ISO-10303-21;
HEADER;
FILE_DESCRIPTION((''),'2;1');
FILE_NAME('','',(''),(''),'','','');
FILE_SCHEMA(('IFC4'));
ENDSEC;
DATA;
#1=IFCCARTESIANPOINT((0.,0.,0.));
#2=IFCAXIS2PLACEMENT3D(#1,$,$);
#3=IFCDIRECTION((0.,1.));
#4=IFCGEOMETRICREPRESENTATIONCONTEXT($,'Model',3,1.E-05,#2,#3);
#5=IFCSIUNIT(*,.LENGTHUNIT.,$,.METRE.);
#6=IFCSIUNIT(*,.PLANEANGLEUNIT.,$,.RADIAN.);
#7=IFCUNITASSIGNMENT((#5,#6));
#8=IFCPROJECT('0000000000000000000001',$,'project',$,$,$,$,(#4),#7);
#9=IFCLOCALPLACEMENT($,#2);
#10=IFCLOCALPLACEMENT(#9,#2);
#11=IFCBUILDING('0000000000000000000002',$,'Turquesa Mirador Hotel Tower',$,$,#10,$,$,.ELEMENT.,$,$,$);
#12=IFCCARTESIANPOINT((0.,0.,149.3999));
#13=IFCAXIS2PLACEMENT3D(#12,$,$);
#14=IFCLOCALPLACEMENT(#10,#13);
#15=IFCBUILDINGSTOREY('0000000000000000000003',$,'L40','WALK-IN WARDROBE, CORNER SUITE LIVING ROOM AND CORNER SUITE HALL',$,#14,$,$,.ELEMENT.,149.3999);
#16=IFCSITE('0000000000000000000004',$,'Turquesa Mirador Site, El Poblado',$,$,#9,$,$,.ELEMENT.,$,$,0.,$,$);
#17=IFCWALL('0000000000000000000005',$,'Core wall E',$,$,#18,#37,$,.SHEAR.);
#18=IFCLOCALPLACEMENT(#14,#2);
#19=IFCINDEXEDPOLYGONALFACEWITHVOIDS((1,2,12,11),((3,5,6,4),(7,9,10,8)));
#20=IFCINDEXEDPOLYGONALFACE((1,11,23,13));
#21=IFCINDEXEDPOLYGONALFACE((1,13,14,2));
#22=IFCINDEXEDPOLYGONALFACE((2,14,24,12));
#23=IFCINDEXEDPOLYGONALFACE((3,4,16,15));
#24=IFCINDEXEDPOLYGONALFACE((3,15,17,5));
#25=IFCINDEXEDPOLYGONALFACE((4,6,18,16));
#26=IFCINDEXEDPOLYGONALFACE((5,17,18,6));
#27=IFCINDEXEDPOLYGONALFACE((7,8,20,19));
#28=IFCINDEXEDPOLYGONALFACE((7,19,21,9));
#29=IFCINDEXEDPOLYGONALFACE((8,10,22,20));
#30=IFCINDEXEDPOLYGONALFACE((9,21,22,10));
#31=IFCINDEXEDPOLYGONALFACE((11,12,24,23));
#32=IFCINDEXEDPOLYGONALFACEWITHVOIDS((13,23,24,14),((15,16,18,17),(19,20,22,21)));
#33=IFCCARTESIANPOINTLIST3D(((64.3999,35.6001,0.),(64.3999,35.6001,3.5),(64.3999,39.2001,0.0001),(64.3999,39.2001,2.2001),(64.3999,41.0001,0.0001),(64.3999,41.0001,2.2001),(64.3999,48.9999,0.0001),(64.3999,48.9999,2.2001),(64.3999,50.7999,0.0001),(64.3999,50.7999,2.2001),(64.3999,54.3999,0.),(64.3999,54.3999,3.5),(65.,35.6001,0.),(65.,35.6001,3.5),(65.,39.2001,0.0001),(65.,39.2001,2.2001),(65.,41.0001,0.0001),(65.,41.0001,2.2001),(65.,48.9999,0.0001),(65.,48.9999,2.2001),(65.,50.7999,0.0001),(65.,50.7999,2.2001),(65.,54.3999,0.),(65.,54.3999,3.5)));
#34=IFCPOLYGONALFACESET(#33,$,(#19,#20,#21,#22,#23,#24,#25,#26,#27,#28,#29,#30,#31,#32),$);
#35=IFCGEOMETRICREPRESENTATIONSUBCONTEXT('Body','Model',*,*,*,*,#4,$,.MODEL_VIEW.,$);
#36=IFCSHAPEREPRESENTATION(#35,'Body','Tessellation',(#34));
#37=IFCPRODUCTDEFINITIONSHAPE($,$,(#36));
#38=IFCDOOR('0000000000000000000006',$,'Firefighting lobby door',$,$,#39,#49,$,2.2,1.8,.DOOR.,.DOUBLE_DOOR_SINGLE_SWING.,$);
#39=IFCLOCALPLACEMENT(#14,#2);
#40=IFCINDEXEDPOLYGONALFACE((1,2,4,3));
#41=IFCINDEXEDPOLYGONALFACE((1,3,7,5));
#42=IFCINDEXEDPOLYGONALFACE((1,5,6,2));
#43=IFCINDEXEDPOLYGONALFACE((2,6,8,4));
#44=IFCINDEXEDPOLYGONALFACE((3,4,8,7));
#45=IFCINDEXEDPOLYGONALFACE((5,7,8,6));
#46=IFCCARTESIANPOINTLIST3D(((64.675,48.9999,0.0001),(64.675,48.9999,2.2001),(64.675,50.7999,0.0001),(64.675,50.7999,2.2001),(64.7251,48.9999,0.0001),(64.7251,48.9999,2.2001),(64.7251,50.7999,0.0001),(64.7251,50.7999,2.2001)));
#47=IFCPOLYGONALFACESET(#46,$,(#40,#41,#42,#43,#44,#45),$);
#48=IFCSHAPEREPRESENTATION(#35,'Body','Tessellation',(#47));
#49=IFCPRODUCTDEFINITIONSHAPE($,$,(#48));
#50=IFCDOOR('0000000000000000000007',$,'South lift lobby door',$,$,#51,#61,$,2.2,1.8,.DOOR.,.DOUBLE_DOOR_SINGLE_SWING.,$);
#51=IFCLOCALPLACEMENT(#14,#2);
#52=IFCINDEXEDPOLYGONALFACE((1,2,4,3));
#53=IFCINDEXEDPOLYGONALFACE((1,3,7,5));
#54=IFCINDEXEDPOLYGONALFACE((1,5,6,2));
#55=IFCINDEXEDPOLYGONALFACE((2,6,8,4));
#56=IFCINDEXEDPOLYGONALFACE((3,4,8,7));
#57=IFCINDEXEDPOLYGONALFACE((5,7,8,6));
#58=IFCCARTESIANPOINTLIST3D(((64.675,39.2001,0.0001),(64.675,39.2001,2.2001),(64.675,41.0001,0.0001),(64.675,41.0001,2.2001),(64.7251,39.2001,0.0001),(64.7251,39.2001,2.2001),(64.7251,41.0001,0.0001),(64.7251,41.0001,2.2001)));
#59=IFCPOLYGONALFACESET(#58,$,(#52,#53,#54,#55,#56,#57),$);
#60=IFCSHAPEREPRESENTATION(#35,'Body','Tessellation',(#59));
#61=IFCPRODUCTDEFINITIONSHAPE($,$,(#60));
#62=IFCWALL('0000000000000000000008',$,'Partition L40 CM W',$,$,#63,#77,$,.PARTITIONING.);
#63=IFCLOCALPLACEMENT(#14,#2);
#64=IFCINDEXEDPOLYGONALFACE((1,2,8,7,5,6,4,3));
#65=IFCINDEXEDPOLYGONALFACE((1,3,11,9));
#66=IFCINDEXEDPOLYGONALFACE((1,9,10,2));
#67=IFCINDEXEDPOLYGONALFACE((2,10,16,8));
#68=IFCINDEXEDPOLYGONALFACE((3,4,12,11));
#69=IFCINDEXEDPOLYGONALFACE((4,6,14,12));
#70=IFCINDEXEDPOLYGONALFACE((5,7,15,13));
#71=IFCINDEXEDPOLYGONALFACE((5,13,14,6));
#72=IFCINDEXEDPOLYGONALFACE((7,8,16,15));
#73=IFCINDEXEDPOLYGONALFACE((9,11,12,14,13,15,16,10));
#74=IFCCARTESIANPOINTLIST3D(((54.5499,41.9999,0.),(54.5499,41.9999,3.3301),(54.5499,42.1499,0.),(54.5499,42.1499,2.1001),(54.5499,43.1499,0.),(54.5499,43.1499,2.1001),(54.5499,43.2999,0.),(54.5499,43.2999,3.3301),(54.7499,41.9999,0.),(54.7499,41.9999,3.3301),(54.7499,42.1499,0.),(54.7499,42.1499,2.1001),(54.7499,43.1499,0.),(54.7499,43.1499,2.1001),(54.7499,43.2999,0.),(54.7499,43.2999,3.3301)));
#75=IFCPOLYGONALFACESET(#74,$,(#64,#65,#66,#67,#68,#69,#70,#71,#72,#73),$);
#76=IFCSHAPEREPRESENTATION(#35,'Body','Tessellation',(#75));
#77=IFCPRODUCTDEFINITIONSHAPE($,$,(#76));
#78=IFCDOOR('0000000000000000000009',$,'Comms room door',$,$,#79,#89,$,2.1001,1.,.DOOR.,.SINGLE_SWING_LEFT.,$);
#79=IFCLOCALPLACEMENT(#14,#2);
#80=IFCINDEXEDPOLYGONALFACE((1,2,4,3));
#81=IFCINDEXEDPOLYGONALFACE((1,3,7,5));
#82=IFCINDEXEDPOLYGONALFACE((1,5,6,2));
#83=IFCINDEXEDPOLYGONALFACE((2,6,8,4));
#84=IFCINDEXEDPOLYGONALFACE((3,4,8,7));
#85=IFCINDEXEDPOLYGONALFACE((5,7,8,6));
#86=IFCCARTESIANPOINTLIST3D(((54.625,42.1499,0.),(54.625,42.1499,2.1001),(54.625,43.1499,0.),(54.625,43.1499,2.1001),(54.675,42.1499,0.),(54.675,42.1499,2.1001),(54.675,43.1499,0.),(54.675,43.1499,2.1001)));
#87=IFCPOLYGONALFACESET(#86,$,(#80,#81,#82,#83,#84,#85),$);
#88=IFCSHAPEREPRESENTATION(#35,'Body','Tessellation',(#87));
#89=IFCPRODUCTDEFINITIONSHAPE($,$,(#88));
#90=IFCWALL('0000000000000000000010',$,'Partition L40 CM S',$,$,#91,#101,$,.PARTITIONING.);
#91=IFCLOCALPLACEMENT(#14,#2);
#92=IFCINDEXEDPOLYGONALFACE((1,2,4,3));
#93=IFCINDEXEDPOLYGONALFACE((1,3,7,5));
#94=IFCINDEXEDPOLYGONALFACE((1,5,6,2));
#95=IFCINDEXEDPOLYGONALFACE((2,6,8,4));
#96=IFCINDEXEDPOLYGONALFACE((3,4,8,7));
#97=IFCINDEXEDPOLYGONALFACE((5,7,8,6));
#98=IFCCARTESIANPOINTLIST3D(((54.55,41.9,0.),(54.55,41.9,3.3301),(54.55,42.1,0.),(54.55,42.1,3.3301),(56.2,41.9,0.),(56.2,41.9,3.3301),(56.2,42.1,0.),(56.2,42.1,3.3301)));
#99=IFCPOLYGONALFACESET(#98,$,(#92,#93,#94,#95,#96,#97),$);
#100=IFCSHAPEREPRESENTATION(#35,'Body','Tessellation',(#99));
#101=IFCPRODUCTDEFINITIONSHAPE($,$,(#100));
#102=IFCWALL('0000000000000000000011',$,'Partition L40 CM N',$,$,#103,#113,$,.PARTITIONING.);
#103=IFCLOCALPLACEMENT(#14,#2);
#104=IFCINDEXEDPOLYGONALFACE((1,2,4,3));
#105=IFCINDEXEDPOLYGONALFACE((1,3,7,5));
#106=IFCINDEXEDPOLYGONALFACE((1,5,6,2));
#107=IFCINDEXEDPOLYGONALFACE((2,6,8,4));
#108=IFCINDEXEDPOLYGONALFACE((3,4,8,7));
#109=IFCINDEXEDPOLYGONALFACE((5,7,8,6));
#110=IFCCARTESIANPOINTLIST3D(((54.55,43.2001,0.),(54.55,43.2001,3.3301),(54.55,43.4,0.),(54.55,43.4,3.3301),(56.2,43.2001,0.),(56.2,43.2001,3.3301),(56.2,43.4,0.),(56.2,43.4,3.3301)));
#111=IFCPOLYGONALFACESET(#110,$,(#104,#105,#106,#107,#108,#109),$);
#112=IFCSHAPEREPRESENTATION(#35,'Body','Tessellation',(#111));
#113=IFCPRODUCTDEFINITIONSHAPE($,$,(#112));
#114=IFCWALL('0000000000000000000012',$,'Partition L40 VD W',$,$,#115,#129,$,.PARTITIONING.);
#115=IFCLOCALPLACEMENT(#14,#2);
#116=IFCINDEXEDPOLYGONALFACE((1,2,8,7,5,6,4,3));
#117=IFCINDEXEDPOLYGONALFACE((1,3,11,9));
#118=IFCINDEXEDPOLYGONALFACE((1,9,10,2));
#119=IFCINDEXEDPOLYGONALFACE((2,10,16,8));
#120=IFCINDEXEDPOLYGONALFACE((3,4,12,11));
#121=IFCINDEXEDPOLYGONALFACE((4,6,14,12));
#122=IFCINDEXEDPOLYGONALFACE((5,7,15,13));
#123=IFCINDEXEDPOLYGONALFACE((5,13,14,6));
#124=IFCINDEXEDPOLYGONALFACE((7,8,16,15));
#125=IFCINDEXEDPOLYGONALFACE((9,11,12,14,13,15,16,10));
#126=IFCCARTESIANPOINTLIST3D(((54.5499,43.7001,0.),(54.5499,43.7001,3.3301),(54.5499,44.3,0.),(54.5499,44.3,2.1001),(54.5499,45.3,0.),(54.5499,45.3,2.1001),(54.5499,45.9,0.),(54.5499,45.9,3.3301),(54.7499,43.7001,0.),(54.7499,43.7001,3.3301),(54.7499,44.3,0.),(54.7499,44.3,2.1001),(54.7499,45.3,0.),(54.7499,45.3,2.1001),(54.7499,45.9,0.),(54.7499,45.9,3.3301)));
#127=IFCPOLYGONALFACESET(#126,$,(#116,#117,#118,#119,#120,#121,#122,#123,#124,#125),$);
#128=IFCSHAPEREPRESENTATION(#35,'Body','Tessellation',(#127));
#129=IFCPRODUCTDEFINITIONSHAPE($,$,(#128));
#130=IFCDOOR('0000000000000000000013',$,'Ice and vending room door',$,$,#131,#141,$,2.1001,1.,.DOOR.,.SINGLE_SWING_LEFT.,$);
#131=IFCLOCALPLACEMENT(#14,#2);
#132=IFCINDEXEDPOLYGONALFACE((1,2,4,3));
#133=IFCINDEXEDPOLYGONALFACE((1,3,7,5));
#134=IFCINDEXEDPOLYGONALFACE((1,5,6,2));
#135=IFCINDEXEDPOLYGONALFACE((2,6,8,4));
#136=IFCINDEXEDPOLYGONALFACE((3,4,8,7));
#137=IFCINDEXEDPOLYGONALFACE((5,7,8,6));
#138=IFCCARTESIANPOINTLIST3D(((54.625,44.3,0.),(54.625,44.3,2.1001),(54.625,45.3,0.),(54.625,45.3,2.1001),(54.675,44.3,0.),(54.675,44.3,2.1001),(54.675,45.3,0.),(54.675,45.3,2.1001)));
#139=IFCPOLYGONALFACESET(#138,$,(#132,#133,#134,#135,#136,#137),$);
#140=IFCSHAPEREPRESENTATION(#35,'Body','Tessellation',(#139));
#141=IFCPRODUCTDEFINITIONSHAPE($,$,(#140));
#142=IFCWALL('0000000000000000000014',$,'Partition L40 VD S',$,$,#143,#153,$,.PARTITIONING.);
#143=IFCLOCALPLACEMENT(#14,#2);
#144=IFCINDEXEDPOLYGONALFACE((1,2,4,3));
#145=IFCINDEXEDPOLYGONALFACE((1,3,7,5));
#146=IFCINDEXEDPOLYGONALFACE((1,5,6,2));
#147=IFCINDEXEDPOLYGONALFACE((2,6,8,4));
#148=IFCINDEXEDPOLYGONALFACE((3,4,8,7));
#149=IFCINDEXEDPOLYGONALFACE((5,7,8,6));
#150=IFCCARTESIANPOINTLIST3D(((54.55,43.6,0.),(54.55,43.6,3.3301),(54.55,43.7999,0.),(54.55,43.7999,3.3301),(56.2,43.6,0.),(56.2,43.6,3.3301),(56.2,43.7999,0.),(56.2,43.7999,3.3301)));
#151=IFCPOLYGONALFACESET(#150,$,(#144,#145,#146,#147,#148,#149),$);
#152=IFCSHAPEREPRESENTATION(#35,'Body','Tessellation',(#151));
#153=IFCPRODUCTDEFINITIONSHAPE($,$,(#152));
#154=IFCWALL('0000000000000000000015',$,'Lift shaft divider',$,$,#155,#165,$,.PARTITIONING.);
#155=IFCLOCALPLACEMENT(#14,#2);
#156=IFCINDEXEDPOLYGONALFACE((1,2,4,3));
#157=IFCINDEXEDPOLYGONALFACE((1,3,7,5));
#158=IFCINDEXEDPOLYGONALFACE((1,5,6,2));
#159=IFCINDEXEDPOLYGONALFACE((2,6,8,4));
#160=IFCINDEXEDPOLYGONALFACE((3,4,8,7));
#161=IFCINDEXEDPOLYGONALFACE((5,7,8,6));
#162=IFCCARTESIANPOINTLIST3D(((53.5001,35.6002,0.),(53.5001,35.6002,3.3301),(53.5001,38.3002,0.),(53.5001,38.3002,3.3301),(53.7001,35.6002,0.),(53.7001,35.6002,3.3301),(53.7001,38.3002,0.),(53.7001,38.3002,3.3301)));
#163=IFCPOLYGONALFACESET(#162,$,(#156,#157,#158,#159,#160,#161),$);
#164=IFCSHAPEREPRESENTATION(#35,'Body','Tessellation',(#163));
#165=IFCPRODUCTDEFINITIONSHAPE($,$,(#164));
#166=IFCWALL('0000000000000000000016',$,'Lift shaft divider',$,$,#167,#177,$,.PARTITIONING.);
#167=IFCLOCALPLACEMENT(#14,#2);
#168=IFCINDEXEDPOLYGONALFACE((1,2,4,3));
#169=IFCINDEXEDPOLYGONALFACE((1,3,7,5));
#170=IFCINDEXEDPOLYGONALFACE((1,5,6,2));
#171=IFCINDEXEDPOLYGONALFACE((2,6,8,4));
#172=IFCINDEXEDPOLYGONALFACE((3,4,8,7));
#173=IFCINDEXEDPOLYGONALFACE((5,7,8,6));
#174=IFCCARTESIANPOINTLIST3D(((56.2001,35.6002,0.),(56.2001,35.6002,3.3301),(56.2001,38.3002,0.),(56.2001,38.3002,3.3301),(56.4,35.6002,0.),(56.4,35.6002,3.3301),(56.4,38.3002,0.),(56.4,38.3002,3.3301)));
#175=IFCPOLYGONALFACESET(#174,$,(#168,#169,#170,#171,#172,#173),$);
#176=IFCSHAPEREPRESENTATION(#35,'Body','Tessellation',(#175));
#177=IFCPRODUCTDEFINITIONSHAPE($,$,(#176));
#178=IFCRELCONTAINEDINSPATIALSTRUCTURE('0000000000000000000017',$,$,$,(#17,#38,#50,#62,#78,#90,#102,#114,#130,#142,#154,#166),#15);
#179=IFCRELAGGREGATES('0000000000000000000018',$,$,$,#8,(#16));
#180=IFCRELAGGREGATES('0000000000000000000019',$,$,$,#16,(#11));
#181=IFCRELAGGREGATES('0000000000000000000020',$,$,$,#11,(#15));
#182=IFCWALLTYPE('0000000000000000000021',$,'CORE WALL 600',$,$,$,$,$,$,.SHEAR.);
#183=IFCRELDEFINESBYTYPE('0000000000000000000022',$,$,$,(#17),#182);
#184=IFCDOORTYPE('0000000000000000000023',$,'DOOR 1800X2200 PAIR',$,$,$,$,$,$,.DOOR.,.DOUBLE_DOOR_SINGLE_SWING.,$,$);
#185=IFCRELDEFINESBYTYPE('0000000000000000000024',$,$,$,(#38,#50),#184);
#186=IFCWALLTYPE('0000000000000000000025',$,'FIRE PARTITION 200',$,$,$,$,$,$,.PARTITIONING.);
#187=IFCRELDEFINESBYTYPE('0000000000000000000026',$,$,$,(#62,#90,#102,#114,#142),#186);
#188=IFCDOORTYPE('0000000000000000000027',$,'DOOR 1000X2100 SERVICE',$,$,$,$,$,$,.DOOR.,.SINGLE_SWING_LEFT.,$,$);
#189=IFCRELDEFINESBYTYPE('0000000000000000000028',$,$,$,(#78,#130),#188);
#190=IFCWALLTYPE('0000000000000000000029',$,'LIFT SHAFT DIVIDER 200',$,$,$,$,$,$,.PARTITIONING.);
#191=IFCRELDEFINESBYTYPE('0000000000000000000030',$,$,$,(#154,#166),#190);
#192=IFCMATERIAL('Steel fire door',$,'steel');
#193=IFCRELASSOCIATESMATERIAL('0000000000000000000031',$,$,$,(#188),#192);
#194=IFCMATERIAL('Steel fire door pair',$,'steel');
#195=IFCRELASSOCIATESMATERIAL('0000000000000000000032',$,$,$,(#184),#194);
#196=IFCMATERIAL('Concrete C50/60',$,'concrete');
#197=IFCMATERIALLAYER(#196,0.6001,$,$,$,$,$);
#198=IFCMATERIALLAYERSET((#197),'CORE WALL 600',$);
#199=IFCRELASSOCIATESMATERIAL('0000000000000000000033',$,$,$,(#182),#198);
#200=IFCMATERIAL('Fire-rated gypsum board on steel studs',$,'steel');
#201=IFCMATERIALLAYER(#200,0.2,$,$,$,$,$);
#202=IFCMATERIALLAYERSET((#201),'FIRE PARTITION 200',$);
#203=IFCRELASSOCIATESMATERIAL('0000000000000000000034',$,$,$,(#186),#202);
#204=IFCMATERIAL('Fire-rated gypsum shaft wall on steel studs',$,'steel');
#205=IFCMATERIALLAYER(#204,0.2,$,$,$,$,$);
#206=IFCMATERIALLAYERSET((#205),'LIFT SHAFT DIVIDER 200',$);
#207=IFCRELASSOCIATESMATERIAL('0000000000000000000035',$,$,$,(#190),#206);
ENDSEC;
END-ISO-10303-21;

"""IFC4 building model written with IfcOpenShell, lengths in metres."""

from ifc_helpers import new_model, si_unit, direction, frame, frame_2d, origin, place, context, subcontext, project, spatial, rectangle, extrude, material, layer, layer_set, type_object, element, fill, save


model = new_model("IFC4")

# Units and contexts
model_context = context("Model", 3, precision=1e-05, world=origin(), true_north=direction((0.0, 1.0)))
body_context = subcontext(model_context, "Body", "Model", "MODEL_VIEW")
ifc_project = project(units=[si_unit("LENGTHUNIT", "METRE"), si_unit("PLANEANGLEUNIT", "RADIAN")], contexts=[model_context])

# Site, building, storey
site_placement = place(None, origin())
site = spatial("IfcSite", under=ifc_project, at=site_placement, Name="Turquesa Mirador Site, El Poblado", CompositionType="ELEMENT", RefElevation=0.0)
building_placement = place(site_placement, origin())
building = spatial("IfcBuilding", under=site, at=building_placement, Name="Turquesa Mirador Hotel Tower", CompositionType="ELEMENT")
storey_placement = place(building_placement, frame((0.0, 0.0, 149.3999)))
storey = spatial("IfcBuildingStorey", under=building, at=storey_placement, Name="L40", Description="WALK-IN WARDROBE, CORNER SUITE LIVING ROOM AND CORNER SUITE HALL", CompositionType="ELEMENT", Elevation=149.3999)

# Shared definitions
ifc_material_1 = material(Name="Steel fire door", Category="steel")
door_type_1 = type_object("IfcDoorType", Name="DOOR 1000X2100 SERVICE", OperationType="SINGLE_SWING_LEFT", PredefinedType="DOOR", material=ifc_material_1)
ifc_material_2 = material(Name="Steel fire door pair", Category="steel")
door_type_2 = type_object("IfcDoorType", Name="DOOR 1800X2200 PAIR", OperationType="DOUBLE_DOOR_SINGLE_SWING", PredefinedType="DOOR", material=ifc_material_2)

# Wall, openings, doors
ifc_material_3 = material(Name="Concrete C50/60", Category="concrete")
ifc_layer_1 = layer(ifc_material_3, 0.6001)
ifc_layer_set_1 = layer_set([ifc_layer_1], Name="CORE WALL 600")
wall_type_1 = type_object("IfcWallType", Name="CORE WALL 600", PredefinedType="SHEAR", material=ifc_layer_set_1)
wall_1_placement = place(storey_placement, frame((64.7, 35.6001, 0.0), z_axis=(0.0, 0.0, 1.0), x_axis=(0.0, 1.0, 0.0)))
wall_1 = element("IfcWall", 1, at=wall_1_placement, inside=storey, type_object=wall_type_1, Name="Core wall E", PredefinedType="SHEAR", context=body_context, shape_type="SweptSolid", body=[
    extrude(rectangle(XDim=18.7998, YDim=0.6001, at=frame_2d((9.3999, 0.0))), origin(), (0.0, 0.0, 1.0), 3.5),
])
opening_1_placement = place(wall_1_placement, frame((13.3999, 0.0, 0.0)))
opening_1 = element("IfcOpeningElement", 2, at=opening_1_placement, cuts=wall_1, PredefinedType="OPENING", context=body_context, shape_type="SweptSolid", body=[
    extrude(rectangle(XDim=1.8, YDim=2.2, at=frame_2d((0.8999, 1.1001))), frame((0.0, 0.3101, 0.0), z_axis=(0.0, -1.0, 0.0), x_axis=(1.0, 0.0, 0.0)), (0.0, 0.0, 1.0), 0.6201),
])
opening_2_placement = place(wall_1_placement, frame((3.6001, 0.0, 0.0)))
opening_2 = element("IfcOpeningElement", 3, at=opening_2_placement, cuts=wall_1, PredefinedType="OPENING", context=body_context, shape_type="SweptSolid", body=[
    extrude(rectangle(XDim=1.8, YDim=2.2, at=frame_2d((0.8999, 1.1001))), frame((0.0, 0.3101, 0.0), z_axis=(0.0, -1.0, 0.0), x_axis=(1.0, 0.0, 0.0)), (0.0, 0.0, 1.0), 0.6201),
])
door_1_placement = place(opening_1_placement, origin())
door_1 = element("IfcDoor", 4, at=door_1_placement, inside=storey, type_object=door_type_2, Name="Firefighting lobby door", OperationType="DOUBLE_DOOR_SINGLE_SWING", OverallHeight=2.2, OverallWidth=1.8, PredefinedType="DOOR", context=body_context, shape_type="SweptSolid", body=[
    extrude(rectangle(XDim=1.8, YDim=2.2, at=frame_2d((0.8999, 1.1001))), frame((0.0, 0.0249, 0.0), z_axis=(0.0, -1.0, 0.0), x_axis=(1.0, 0.0, 0.0)), (0.0, 0.0, 1.0), 0.05),
])
fill(opening_1, door_1)
door_2_placement = place(opening_2_placement, origin())
door_2 = element("IfcDoor", 5, at=door_2_placement, inside=storey, type_object=door_type_2, Name="South lift lobby door", OperationType="DOUBLE_DOOR_SINGLE_SWING", OverallHeight=2.2, OverallWidth=1.8, PredefinedType="DOOR", context=body_context, shape_type="SweptSolid", body=[
    extrude(rectangle(XDim=1.8, YDim=2.2, at=frame_2d((0.8999, 1.1001))), frame((0.0, 0.0249, 0.0), z_axis=(0.0, -1.0, 0.0), x_axis=(1.0, 0.0, 0.0)), (0.0, 0.0, 1.0), 0.05),
])
fill(opening_2, door_2)

# Wall, opening, door
ifc_material_4 = material(Name="Fire-rated gypsum board on steel studs", Category="steel")
ifc_layer_2 = layer(ifc_material_4, 0.2)
ifc_layer_set_2 = layer_set([ifc_layer_2], Name="FIRE PARTITION 200")
wall_type_2 = type_object("IfcWallType", Name="FIRE PARTITION 200", PredefinedType="PARTITIONING", material=ifc_layer_set_2)
wall_2_placement = place(storey_placement, frame((54.6499, 42.0, 0.0), z_axis=(0.0, 0.0, 1.0), x_axis=(0.0, 1.0, 0.0)))
wall_2 = element("IfcWall", 6, at=wall_2_placement, inside=storey, type_object=wall_type_2, Name="Partition L40 CM W", PredefinedType="PARTITIONING", context=body_context, shape_type="SweptSolid", body=[
    extrude(rectangle(XDim=1.3, YDim=0.2, at=frame_2d((0.6499, 0.0))), origin(), (0.0, 0.0, 1.0), 3.3301),
])
opening_3_placement = place(wall_2_placement, frame((0.1499, 0.0, 0.0)))
opening_3 = element("IfcOpeningElement", 7, at=opening_3_placement, cuts=wall_2, PredefinedType="OPENING", context=body_context, shape_type="SweptSolid", body=[
    extrude(rectangle(XDim=1.0, YDim=2.1001, at=frame_2d((0.5, 1.05))), frame((0.0, 0.1099, 0.0), z_axis=(0.0, -1.0, 0.0), x_axis=(1.0, 0.0, 0.0)), (0.0, 0.0, 1.0), 0.22),
])
door_3_placement = place(opening_3_placement, origin())
door_3 = element("IfcDoor", 8, at=door_3_placement, inside=storey, type_object=door_type_1, Name="Comms room door", OperationType="SINGLE_SWING_LEFT", OverallHeight=2.1001, OverallWidth=1.0, PredefinedType="DOOR", context=body_context, shape_type="SweptSolid", body=[
    extrude(rectangle(XDim=1.0, YDim=2.1001, at=frame_2d((0.5, 1.05))), frame((0.0, 0.0249, 0.0), z_axis=(0.0, -1.0, 0.0), x_axis=(1.0, 0.0, 0.0)), (0.0, 0.0, 1.0), 0.05),
])
fill(opening_3, door_3)

# Walls
for number, where, z_axis, x_axis, name in (
    (9, (54.55, 42.0, 0.0), (0.0, 0.0, 1.0), (1.0, 0.0, 0.0), "Partition L40 CM S"),
    (10, (54.55, 43.3, 0.0), (0.0, 0.0, 1.0), (1.0, 0.0, 0.0), "Partition L40 CM N"),
):
    element("IfcWall", number, at=place(storey_placement, frame(where, z_axis=z_axis, x_axis=x_axis)), inside=storey, type_object=wall_type_2, Name=name, PredefinedType="PARTITIONING", context=body_context, shape_type="SweptSolid", body=[
        extrude(rectangle(XDim=1.6499, YDim=0.2, at=frame_2d((0.825, 0.0))), origin(), (0.0, 0.0, 1.0), 3.3301),
    ])

# Wall, opening, door
wall_3_placement = place(storey_placement, frame((54.6499, 43.7, 0.0), z_axis=(0.0, 0.0, 1.0), x_axis=(0.0, 1.0, 0.0)))
wall_3 = element("IfcWall", 11, at=wall_3_placement, inside=storey, type_object=wall_type_2, Name="Partition L40 VD W", PredefinedType="PARTITIONING", context=body_context, shape_type="SweptSolid", body=[
    extrude(rectangle(XDim=2.2, YDim=0.2, at=frame_2d((1.1001, 0.0))), origin(), (0.0, 0.0, 1.0), 3.3301),
])
opening_4_placement = place(wall_3_placement, frame((0.6001, 0.0, 0.0)))
opening_4 = element("IfcOpeningElement", 12, at=opening_4_placement, cuts=wall_3, PredefinedType="OPENING", context=body_context, shape_type="SweptSolid", body=[
    extrude(rectangle(XDim=1.0, YDim=2.1001, at=frame_2d((0.5, 1.05))), frame((0.0, 0.1099, 0.0), z_axis=(0.0, -1.0, 0.0), x_axis=(1.0, 0.0, 0.0)), (0.0, 0.0, 1.0), 0.22),
])
door_4_placement = place(opening_4_placement, origin())
door_4 = element("IfcDoor", 13, at=door_4_placement, inside=storey, type_object=door_type_1, Name="Ice and vending room door", OperationType="SINGLE_SWING_LEFT", OverallHeight=2.1001, OverallWidth=1.0, PredefinedType="DOOR", context=body_context, shape_type="SweptSolid", body=[
    extrude(rectangle(XDim=1.0, YDim=2.1001, at=frame_2d((0.5, 1.05))), frame((0.0, 0.0249, 0.0), z_axis=(0.0, -1.0, 0.0), x_axis=(1.0, 0.0, 0.0)), (0.0, 0.0, 1.0), 0.05),
])
fill(opening_4, door_4)

# Walls
wall_4_placement = place(storey_placement, frame((54.55, 43.7, 0.0), z_axis=(0.0, 0.0, 1.0), x_axis=(1.0, 0.0, 0.0)))
element("IfcWall", 14, at=wall_4_placement, inside=storey, type_object=wall_type_2, Name="Partition L40 VD S", PredefinedType="PARTITIONING", context=body_context, shape_type="SweptSolid", body=[
    extrude(rectangle(XDim=1.6499, YDim=0.2, at=frame_2d((0.825, 0.0))), origin(), (0.0, 0.0, 1.0), 3.3301),
])
ifc_material_5 = material(Name="Fire-rated gypsum shaft wall on steel studs", Category="steel")
ifc_layer_3 = layer(ifc_material_5, 0.2)
ifc_layer_set_3 = layer_set([ifc_layer_3], Name="LIFT SHAFT DIVIDER 200")
wall_type_3 = type_object("IfcWallType", Name="LIFT SHAFT DIVIDER 200", PredefinedType="PARTITIONING", material=ifc_layer_set_3)
for number, where, z_axis, x_axis, name in (
    (15, (53.6001, 35.6001, 0.0), (0.0, 0.0, 1.0), (0.0, 1.0, 0.0), "Lift shaft divider"),
    (16, (56.3, 35.6001, 0.0), (0.0, 0.0, 1.0), (0.0, 1.0, 0.0), "Lift shaft divider"),
):
    element("IfcWall", number, at=place(storey_placement, frame(where, z_axis=z_axis, x_axis=x_axis)), inside=storey, type_object=wall_type_3, Name=name, PredefinedType="PARTITIONING", context=body_context, shape_type="SweptSolid", body=[
        extrude(rectangle(XDim=2.7, YDim=0.2, at=frame_2d((1.3501, 0.0))), origin(), (0.0, 0.0, 1.0), 3.3301),
    ])

save(model, "model.ifc")
